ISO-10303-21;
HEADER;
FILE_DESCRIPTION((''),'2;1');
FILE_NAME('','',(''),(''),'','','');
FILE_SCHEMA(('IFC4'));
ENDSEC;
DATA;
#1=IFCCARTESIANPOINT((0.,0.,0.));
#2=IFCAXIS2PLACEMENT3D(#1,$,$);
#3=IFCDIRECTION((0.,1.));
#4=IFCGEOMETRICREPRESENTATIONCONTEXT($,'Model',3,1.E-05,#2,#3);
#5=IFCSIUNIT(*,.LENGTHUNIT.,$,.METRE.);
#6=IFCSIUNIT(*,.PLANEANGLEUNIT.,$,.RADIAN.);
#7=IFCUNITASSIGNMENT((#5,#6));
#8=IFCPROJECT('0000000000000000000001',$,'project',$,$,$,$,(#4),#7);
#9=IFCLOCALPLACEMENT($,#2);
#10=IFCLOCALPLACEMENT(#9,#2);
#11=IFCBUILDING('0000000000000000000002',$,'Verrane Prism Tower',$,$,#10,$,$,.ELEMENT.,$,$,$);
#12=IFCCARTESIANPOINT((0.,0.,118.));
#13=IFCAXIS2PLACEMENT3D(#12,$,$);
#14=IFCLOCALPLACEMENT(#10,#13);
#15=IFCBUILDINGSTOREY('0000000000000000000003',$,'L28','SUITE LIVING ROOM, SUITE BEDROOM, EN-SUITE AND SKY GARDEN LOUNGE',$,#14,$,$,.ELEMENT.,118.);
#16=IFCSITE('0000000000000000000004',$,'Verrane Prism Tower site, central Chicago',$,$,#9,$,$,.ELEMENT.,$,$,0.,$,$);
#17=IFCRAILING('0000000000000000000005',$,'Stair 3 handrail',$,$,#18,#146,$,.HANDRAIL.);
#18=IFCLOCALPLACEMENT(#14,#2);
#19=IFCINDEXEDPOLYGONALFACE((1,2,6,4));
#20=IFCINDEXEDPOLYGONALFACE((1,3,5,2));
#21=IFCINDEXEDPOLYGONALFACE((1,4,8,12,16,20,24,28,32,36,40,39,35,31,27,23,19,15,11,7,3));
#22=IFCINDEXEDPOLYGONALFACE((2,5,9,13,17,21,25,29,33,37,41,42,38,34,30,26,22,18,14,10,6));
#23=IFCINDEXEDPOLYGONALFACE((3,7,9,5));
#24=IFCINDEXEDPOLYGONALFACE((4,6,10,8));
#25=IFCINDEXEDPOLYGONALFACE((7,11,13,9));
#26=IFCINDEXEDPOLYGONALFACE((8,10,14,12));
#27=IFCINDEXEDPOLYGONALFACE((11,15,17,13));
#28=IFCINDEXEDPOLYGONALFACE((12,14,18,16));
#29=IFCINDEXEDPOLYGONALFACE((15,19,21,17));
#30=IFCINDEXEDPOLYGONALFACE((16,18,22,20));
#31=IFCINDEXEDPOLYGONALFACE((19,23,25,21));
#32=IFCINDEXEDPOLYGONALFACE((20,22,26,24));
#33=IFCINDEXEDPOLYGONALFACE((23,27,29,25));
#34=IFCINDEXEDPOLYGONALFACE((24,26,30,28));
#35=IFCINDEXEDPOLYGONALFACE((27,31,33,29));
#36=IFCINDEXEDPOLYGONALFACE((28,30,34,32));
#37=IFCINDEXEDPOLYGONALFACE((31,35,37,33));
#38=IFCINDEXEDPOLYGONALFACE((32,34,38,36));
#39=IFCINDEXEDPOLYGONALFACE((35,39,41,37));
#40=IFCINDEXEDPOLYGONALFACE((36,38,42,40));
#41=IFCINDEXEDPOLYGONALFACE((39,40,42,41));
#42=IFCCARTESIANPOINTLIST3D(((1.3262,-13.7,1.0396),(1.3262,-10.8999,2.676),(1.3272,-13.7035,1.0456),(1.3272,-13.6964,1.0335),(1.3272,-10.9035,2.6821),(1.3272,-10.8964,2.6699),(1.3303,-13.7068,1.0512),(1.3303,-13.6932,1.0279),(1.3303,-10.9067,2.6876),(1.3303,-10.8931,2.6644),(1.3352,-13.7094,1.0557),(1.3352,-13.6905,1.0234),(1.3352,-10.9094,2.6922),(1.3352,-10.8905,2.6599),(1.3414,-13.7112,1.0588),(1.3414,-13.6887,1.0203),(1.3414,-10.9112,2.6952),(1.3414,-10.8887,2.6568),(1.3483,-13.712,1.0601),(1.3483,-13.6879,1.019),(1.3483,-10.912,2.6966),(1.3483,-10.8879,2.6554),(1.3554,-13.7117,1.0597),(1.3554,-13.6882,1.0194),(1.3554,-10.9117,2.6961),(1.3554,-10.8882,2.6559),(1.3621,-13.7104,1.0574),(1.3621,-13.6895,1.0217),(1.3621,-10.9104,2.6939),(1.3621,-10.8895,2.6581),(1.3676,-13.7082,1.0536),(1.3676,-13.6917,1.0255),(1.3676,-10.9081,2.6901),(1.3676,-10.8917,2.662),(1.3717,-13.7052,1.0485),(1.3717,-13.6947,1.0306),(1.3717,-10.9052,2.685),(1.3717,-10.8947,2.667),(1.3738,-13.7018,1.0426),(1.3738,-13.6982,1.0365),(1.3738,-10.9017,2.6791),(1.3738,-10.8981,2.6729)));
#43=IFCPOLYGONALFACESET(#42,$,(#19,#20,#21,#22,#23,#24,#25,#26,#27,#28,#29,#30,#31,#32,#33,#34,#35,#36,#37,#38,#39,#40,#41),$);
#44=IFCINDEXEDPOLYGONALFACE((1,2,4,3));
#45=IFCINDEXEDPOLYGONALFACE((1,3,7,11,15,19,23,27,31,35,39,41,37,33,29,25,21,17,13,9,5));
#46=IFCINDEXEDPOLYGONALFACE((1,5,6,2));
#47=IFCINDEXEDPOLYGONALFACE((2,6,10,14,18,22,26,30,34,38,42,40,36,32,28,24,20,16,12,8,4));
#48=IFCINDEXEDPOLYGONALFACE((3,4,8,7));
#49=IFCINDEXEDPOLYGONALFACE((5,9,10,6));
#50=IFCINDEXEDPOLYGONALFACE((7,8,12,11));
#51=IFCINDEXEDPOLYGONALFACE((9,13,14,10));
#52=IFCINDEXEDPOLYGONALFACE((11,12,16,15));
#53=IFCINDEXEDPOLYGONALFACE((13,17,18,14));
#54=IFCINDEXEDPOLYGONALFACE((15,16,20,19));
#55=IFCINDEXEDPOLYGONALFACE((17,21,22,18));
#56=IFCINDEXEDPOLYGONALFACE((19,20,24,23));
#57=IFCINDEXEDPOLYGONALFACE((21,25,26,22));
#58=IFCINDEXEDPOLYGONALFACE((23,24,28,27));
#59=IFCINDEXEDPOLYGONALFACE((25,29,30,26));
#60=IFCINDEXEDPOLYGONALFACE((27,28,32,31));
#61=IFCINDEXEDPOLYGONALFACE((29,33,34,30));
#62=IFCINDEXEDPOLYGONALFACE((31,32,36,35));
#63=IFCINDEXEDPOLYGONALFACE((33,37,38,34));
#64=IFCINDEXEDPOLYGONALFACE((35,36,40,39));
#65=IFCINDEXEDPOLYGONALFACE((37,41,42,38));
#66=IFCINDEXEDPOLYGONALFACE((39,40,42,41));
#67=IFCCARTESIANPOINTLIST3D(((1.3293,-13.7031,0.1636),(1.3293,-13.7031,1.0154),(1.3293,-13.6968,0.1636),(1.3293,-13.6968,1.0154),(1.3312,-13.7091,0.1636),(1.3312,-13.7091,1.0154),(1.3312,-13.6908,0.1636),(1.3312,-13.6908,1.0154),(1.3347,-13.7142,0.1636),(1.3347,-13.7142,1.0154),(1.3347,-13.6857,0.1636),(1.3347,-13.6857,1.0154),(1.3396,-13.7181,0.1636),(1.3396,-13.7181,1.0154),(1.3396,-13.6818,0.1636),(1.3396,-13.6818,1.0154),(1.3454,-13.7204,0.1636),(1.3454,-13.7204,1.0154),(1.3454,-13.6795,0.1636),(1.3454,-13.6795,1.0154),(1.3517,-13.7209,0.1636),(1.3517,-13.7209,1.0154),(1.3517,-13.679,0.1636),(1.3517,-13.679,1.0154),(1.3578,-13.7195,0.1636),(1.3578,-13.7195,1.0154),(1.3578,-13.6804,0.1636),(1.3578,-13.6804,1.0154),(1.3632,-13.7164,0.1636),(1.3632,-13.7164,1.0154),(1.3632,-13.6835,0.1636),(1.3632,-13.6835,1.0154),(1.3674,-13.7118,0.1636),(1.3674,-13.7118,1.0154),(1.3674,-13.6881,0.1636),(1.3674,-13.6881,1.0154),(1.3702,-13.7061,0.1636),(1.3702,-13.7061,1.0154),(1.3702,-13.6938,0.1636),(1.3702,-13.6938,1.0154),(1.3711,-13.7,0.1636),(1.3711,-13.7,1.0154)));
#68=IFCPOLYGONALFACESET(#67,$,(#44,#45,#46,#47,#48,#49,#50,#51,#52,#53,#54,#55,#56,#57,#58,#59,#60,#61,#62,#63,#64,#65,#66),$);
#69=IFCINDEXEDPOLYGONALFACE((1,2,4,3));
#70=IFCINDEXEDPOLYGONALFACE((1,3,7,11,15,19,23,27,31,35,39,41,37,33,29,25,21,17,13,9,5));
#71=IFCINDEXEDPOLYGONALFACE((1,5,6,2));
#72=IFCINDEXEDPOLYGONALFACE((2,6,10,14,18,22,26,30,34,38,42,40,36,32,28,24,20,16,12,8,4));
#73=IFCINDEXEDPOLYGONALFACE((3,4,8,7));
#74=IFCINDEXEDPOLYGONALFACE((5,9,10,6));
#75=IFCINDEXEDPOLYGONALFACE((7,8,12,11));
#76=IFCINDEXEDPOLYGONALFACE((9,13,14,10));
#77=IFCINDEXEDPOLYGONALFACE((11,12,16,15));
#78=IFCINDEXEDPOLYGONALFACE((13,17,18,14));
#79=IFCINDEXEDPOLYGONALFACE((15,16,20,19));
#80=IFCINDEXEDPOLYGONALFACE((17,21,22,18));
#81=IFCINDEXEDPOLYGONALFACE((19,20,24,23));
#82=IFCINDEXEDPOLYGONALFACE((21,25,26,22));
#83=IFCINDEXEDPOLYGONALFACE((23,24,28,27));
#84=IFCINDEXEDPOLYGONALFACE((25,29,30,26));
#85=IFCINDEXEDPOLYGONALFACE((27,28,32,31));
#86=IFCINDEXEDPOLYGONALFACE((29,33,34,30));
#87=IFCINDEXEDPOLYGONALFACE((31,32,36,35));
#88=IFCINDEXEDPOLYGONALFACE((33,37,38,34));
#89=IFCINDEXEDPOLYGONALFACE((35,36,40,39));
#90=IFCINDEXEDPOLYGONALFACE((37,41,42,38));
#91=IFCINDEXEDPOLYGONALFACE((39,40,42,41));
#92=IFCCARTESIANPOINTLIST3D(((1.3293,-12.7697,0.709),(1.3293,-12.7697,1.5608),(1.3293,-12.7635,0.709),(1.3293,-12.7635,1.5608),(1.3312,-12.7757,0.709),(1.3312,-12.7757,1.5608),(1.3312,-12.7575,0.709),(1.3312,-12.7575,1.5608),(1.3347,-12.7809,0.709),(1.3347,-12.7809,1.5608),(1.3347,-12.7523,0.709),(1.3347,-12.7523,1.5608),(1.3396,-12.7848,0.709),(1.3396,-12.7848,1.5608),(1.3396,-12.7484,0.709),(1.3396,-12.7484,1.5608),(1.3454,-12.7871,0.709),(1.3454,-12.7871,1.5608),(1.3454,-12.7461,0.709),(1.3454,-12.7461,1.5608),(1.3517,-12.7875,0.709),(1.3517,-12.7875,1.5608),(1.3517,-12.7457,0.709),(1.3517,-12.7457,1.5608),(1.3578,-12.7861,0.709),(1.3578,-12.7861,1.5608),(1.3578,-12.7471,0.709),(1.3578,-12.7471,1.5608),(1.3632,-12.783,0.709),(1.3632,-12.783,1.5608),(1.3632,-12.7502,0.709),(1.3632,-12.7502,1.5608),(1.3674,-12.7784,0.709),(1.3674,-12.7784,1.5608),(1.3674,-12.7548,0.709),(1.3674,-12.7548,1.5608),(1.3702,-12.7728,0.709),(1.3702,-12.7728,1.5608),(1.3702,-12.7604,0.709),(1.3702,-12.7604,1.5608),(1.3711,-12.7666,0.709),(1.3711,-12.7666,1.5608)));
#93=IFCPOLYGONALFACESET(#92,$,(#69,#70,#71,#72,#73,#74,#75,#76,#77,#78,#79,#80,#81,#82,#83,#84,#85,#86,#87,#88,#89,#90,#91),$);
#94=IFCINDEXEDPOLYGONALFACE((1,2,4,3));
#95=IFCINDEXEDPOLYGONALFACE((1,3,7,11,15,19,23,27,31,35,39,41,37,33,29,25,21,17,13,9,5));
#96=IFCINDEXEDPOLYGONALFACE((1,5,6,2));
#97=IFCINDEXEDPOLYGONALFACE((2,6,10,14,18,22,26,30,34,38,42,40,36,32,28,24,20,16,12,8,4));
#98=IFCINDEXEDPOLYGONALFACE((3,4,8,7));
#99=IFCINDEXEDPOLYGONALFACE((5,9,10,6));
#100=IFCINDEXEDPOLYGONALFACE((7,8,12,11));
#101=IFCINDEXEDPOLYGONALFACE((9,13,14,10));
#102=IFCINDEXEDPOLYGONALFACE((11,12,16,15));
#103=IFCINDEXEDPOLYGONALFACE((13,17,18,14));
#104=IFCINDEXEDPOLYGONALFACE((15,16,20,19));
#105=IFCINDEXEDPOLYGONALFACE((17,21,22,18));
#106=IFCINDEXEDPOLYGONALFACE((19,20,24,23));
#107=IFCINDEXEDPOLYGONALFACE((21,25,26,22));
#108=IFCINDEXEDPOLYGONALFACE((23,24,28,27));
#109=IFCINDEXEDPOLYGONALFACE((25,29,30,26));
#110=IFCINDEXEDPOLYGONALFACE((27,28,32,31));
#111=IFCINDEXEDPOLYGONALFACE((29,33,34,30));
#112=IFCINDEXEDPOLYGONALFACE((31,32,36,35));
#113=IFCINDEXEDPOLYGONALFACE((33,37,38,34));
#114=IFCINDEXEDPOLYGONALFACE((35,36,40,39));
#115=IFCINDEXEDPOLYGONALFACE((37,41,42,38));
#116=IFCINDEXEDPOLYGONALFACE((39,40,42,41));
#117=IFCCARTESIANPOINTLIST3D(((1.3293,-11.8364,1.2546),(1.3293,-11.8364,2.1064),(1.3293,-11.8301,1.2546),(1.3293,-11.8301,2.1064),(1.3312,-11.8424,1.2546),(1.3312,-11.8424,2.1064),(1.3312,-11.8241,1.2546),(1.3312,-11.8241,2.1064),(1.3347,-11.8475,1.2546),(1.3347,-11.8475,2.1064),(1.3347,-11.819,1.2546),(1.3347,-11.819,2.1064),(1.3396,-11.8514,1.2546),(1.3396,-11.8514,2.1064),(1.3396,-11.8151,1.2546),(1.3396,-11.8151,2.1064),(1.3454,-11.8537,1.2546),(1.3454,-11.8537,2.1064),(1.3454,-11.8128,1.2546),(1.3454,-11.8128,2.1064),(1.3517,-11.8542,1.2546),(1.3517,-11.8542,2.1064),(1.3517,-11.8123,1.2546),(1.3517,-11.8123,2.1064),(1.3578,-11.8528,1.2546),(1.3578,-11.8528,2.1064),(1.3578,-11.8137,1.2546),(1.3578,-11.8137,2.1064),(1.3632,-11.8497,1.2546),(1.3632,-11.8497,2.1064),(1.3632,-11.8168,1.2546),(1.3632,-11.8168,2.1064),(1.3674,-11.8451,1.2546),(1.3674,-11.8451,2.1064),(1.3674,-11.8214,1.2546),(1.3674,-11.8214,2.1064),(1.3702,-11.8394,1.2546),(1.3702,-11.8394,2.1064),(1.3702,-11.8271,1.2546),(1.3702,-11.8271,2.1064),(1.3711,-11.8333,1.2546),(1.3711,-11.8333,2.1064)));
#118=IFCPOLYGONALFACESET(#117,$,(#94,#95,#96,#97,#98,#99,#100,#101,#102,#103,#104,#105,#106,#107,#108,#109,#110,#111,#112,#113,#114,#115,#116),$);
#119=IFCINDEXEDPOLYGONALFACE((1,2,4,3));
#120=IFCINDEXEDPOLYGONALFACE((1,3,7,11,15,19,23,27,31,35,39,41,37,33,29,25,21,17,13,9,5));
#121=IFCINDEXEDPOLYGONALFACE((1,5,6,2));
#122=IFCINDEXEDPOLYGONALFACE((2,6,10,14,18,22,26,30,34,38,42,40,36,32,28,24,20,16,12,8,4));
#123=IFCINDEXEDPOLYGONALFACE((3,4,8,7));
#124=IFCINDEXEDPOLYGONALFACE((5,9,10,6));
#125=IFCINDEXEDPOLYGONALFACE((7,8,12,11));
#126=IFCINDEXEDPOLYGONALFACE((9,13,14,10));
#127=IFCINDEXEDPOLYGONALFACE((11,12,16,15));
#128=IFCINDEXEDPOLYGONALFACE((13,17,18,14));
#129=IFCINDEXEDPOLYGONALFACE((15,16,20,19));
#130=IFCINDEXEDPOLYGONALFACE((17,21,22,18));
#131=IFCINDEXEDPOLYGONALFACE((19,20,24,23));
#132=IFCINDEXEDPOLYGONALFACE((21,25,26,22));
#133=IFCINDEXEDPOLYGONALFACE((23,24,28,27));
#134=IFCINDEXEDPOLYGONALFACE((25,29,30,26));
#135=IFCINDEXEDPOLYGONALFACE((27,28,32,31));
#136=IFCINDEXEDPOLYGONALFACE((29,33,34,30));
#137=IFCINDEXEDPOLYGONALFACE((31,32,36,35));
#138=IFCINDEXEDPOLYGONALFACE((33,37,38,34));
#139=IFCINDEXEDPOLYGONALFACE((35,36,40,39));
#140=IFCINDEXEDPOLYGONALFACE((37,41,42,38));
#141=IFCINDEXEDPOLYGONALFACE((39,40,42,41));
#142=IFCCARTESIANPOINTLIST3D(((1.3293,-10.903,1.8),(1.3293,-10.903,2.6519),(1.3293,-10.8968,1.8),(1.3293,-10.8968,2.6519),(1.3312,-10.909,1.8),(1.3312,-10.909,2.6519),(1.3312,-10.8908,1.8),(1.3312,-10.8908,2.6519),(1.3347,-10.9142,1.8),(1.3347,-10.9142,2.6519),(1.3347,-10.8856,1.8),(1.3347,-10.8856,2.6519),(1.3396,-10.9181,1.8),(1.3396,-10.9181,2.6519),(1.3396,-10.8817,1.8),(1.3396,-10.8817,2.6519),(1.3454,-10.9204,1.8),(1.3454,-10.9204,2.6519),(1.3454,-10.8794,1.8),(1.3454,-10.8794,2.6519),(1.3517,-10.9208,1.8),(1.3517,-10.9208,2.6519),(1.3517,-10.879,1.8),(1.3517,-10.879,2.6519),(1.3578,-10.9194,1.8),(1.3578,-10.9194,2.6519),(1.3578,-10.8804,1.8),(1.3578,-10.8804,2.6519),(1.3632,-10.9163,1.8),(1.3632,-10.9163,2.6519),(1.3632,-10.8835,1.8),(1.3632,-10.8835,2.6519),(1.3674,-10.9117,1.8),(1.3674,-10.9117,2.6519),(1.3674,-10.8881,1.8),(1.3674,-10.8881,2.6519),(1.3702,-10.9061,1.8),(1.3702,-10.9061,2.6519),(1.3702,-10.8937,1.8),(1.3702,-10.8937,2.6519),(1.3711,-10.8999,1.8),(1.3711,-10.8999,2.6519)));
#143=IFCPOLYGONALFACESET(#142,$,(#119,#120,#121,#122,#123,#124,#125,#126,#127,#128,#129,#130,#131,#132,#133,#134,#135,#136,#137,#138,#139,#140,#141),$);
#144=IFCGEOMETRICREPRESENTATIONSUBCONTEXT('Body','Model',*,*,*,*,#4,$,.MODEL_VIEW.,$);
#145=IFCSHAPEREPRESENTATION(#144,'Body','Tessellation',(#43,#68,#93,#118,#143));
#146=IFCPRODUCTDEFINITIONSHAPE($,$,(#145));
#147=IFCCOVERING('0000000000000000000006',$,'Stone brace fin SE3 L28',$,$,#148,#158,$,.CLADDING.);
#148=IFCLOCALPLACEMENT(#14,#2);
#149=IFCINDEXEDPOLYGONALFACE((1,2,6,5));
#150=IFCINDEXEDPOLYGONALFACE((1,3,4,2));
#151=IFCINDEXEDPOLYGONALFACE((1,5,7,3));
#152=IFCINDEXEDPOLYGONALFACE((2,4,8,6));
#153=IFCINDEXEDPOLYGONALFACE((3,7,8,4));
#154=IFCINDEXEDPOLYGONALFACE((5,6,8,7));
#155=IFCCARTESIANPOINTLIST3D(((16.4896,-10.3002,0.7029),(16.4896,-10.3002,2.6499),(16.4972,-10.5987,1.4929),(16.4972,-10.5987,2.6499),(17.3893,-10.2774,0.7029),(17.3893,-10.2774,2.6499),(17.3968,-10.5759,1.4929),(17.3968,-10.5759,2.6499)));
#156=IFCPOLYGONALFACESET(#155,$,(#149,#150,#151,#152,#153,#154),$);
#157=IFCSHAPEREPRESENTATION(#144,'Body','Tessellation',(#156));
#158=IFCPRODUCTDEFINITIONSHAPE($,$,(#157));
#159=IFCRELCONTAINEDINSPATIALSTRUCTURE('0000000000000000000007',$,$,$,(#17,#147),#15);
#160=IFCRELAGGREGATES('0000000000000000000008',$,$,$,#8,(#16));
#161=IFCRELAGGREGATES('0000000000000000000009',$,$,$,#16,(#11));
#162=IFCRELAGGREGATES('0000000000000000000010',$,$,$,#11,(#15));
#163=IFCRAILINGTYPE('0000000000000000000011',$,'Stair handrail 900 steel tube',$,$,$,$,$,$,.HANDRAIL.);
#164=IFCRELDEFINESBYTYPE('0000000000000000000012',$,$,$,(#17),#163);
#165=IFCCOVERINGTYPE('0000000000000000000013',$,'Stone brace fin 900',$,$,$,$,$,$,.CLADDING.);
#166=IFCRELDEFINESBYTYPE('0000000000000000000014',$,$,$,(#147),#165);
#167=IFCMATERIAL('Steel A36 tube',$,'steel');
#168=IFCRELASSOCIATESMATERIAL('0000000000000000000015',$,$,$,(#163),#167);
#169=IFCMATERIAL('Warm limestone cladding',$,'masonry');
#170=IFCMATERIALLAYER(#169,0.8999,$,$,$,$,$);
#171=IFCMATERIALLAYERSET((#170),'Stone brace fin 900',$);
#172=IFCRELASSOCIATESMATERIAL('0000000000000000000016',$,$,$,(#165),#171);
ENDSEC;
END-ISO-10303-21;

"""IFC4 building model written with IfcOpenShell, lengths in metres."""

from ifc_helpers import new_model, si_unit, direction, frame, origin, origin_2d, place, context, subcontext, project, spatial, polyline, circle, outline, extrude, material, layer, layer_set, type_object, element, save


model = new_model("IFC4")

# Units and contexts
model_context = context("Model", 3, precision=1e-05, world=origin(), true_north=direction((0.0, 1.0)))
body_context = subcontext(model_context, "Body", "Model", "MODEL_VIEW")
ifc_project = project(units=[si_unit("LENGTHUNIT", "METRE"), si_unit("PLANEANGLEUNIT", "RADIAN")], contexts=[model_context])

# Site, building, storey
site_placement = place(None, origin())
site = spatial("IfcSite", under=ifc_project, at=site_placement, Name="Verrane Prism Tower site, central Chicago", CompositionType="ELEMENT", RefElevation=0.0)
building_placement = place(site_placement, origin())
building = spatial("IfcBuilding", under=site, at=building_placement, Name="Verrane Prism Tower", CompositionType="ELEMENT")
storey_placement = place(building_placement, frame((0.0, 0.0, 118.0)))
storey = spatial("IfcBuildingStorey", under=building, at=storey_placement, Name="L28", Description="SUITE LIVING ROOM, SUITE BEDROOM, EN-SUITE AND SKY GARDEN LOUNGE", CompositionType="ELEMENT", Elevation=118.0)

# Railing
ifc_material_1 = material(Name="Steel A36 tube", Category="steel")
railing_type_1 = type_object("IfcRailingType", Name="Stair handrail 900 steel tube", PredefinedType="HANDRAIL", material=ifc_material_1)
railing_1_placement = place(storey_placement, frame((1.3501, -13.7, 0.1636)))
element("IfcRailing", 1, at=railing_1_placement, inside=storey, type_object=railing_type_1, Name="Stair 3 handrail", PredefinedType="HANDRAIL", context=body_context, shape_type="SweptSolid", body=[
    extrude(circle(Radius=0.0239, at=origin_2d()), frame((0.0, 0.0, 0.876), z_axis=(0.0, 0.863361, 0.504587), x_axis=(-1.0, 0.0, 0.0)), (0.0, 0.0, 1.0), 3.2432),
    extrude(circle(Radius=0.021, at=origin_2d()), origin(), (0.0, 0.0, 1.0), 0.8518),
    extrude(circle(Radius=0.021, at=origin_2d()), frame((0.0, 0.9333, 0.5454)), (0.0, 0.0, 1.0), 0.8518),
    extrude(circle(Radius=0.021, at=origin_2d()), frame((0.0, 1.8667, 1.0911)), (0.0, 0.0, 1.0), 0.8518),
    extrude(circle(Radius=0.021, at=origin_2d()), frame((0.0, 2.8, 1.6365)), (0.0, 0.0, 1.0), 0.8518),
])

# Covering
ifc_material_2 = material(Name="Warm limestone cladding", Category="masonry")
ifc_layer_1 = layer(ifc_material_2, 0.8999)
ifc_layer_set_1 = layer_set([ifc_layer_1], Name="Stone brace fin 900")
covering_type = type_object("IfcCoveringType", Name="Stone brace fin 900", PredefinedType="CLADDING", material=ifc_layer_set_1)
covering_placement = place(storey_placement, frame((16.9395, -10.2888, 0.7029), z_axis=(0.0, 0.0, 1.0), x_axis=(0.025339, -0.999679, 0.0)))
element("IfcCovering", 2, at=covering_placement, inside=storey, type_object=covering_type, Name="Stone brace fin SE3 L28", PredefinedType="CLADDING", context=body_context, shape_type="SweptSolid", body=[
    extrude(outline(polyline([(0.2986, 1.947), (0.0, 1.947), (0.0, 0.0), (0.2986, 0.79), (0.2986, 1.947)])), frame((0.0, 0.45, 0.0), z_axis=(0.0, -1.0, 0.0), x_axis=(1.0, 0.0, 0.0)), (0.0, 0.0, 1.0), 0.8999),
])

save(model, "model.ifc")
